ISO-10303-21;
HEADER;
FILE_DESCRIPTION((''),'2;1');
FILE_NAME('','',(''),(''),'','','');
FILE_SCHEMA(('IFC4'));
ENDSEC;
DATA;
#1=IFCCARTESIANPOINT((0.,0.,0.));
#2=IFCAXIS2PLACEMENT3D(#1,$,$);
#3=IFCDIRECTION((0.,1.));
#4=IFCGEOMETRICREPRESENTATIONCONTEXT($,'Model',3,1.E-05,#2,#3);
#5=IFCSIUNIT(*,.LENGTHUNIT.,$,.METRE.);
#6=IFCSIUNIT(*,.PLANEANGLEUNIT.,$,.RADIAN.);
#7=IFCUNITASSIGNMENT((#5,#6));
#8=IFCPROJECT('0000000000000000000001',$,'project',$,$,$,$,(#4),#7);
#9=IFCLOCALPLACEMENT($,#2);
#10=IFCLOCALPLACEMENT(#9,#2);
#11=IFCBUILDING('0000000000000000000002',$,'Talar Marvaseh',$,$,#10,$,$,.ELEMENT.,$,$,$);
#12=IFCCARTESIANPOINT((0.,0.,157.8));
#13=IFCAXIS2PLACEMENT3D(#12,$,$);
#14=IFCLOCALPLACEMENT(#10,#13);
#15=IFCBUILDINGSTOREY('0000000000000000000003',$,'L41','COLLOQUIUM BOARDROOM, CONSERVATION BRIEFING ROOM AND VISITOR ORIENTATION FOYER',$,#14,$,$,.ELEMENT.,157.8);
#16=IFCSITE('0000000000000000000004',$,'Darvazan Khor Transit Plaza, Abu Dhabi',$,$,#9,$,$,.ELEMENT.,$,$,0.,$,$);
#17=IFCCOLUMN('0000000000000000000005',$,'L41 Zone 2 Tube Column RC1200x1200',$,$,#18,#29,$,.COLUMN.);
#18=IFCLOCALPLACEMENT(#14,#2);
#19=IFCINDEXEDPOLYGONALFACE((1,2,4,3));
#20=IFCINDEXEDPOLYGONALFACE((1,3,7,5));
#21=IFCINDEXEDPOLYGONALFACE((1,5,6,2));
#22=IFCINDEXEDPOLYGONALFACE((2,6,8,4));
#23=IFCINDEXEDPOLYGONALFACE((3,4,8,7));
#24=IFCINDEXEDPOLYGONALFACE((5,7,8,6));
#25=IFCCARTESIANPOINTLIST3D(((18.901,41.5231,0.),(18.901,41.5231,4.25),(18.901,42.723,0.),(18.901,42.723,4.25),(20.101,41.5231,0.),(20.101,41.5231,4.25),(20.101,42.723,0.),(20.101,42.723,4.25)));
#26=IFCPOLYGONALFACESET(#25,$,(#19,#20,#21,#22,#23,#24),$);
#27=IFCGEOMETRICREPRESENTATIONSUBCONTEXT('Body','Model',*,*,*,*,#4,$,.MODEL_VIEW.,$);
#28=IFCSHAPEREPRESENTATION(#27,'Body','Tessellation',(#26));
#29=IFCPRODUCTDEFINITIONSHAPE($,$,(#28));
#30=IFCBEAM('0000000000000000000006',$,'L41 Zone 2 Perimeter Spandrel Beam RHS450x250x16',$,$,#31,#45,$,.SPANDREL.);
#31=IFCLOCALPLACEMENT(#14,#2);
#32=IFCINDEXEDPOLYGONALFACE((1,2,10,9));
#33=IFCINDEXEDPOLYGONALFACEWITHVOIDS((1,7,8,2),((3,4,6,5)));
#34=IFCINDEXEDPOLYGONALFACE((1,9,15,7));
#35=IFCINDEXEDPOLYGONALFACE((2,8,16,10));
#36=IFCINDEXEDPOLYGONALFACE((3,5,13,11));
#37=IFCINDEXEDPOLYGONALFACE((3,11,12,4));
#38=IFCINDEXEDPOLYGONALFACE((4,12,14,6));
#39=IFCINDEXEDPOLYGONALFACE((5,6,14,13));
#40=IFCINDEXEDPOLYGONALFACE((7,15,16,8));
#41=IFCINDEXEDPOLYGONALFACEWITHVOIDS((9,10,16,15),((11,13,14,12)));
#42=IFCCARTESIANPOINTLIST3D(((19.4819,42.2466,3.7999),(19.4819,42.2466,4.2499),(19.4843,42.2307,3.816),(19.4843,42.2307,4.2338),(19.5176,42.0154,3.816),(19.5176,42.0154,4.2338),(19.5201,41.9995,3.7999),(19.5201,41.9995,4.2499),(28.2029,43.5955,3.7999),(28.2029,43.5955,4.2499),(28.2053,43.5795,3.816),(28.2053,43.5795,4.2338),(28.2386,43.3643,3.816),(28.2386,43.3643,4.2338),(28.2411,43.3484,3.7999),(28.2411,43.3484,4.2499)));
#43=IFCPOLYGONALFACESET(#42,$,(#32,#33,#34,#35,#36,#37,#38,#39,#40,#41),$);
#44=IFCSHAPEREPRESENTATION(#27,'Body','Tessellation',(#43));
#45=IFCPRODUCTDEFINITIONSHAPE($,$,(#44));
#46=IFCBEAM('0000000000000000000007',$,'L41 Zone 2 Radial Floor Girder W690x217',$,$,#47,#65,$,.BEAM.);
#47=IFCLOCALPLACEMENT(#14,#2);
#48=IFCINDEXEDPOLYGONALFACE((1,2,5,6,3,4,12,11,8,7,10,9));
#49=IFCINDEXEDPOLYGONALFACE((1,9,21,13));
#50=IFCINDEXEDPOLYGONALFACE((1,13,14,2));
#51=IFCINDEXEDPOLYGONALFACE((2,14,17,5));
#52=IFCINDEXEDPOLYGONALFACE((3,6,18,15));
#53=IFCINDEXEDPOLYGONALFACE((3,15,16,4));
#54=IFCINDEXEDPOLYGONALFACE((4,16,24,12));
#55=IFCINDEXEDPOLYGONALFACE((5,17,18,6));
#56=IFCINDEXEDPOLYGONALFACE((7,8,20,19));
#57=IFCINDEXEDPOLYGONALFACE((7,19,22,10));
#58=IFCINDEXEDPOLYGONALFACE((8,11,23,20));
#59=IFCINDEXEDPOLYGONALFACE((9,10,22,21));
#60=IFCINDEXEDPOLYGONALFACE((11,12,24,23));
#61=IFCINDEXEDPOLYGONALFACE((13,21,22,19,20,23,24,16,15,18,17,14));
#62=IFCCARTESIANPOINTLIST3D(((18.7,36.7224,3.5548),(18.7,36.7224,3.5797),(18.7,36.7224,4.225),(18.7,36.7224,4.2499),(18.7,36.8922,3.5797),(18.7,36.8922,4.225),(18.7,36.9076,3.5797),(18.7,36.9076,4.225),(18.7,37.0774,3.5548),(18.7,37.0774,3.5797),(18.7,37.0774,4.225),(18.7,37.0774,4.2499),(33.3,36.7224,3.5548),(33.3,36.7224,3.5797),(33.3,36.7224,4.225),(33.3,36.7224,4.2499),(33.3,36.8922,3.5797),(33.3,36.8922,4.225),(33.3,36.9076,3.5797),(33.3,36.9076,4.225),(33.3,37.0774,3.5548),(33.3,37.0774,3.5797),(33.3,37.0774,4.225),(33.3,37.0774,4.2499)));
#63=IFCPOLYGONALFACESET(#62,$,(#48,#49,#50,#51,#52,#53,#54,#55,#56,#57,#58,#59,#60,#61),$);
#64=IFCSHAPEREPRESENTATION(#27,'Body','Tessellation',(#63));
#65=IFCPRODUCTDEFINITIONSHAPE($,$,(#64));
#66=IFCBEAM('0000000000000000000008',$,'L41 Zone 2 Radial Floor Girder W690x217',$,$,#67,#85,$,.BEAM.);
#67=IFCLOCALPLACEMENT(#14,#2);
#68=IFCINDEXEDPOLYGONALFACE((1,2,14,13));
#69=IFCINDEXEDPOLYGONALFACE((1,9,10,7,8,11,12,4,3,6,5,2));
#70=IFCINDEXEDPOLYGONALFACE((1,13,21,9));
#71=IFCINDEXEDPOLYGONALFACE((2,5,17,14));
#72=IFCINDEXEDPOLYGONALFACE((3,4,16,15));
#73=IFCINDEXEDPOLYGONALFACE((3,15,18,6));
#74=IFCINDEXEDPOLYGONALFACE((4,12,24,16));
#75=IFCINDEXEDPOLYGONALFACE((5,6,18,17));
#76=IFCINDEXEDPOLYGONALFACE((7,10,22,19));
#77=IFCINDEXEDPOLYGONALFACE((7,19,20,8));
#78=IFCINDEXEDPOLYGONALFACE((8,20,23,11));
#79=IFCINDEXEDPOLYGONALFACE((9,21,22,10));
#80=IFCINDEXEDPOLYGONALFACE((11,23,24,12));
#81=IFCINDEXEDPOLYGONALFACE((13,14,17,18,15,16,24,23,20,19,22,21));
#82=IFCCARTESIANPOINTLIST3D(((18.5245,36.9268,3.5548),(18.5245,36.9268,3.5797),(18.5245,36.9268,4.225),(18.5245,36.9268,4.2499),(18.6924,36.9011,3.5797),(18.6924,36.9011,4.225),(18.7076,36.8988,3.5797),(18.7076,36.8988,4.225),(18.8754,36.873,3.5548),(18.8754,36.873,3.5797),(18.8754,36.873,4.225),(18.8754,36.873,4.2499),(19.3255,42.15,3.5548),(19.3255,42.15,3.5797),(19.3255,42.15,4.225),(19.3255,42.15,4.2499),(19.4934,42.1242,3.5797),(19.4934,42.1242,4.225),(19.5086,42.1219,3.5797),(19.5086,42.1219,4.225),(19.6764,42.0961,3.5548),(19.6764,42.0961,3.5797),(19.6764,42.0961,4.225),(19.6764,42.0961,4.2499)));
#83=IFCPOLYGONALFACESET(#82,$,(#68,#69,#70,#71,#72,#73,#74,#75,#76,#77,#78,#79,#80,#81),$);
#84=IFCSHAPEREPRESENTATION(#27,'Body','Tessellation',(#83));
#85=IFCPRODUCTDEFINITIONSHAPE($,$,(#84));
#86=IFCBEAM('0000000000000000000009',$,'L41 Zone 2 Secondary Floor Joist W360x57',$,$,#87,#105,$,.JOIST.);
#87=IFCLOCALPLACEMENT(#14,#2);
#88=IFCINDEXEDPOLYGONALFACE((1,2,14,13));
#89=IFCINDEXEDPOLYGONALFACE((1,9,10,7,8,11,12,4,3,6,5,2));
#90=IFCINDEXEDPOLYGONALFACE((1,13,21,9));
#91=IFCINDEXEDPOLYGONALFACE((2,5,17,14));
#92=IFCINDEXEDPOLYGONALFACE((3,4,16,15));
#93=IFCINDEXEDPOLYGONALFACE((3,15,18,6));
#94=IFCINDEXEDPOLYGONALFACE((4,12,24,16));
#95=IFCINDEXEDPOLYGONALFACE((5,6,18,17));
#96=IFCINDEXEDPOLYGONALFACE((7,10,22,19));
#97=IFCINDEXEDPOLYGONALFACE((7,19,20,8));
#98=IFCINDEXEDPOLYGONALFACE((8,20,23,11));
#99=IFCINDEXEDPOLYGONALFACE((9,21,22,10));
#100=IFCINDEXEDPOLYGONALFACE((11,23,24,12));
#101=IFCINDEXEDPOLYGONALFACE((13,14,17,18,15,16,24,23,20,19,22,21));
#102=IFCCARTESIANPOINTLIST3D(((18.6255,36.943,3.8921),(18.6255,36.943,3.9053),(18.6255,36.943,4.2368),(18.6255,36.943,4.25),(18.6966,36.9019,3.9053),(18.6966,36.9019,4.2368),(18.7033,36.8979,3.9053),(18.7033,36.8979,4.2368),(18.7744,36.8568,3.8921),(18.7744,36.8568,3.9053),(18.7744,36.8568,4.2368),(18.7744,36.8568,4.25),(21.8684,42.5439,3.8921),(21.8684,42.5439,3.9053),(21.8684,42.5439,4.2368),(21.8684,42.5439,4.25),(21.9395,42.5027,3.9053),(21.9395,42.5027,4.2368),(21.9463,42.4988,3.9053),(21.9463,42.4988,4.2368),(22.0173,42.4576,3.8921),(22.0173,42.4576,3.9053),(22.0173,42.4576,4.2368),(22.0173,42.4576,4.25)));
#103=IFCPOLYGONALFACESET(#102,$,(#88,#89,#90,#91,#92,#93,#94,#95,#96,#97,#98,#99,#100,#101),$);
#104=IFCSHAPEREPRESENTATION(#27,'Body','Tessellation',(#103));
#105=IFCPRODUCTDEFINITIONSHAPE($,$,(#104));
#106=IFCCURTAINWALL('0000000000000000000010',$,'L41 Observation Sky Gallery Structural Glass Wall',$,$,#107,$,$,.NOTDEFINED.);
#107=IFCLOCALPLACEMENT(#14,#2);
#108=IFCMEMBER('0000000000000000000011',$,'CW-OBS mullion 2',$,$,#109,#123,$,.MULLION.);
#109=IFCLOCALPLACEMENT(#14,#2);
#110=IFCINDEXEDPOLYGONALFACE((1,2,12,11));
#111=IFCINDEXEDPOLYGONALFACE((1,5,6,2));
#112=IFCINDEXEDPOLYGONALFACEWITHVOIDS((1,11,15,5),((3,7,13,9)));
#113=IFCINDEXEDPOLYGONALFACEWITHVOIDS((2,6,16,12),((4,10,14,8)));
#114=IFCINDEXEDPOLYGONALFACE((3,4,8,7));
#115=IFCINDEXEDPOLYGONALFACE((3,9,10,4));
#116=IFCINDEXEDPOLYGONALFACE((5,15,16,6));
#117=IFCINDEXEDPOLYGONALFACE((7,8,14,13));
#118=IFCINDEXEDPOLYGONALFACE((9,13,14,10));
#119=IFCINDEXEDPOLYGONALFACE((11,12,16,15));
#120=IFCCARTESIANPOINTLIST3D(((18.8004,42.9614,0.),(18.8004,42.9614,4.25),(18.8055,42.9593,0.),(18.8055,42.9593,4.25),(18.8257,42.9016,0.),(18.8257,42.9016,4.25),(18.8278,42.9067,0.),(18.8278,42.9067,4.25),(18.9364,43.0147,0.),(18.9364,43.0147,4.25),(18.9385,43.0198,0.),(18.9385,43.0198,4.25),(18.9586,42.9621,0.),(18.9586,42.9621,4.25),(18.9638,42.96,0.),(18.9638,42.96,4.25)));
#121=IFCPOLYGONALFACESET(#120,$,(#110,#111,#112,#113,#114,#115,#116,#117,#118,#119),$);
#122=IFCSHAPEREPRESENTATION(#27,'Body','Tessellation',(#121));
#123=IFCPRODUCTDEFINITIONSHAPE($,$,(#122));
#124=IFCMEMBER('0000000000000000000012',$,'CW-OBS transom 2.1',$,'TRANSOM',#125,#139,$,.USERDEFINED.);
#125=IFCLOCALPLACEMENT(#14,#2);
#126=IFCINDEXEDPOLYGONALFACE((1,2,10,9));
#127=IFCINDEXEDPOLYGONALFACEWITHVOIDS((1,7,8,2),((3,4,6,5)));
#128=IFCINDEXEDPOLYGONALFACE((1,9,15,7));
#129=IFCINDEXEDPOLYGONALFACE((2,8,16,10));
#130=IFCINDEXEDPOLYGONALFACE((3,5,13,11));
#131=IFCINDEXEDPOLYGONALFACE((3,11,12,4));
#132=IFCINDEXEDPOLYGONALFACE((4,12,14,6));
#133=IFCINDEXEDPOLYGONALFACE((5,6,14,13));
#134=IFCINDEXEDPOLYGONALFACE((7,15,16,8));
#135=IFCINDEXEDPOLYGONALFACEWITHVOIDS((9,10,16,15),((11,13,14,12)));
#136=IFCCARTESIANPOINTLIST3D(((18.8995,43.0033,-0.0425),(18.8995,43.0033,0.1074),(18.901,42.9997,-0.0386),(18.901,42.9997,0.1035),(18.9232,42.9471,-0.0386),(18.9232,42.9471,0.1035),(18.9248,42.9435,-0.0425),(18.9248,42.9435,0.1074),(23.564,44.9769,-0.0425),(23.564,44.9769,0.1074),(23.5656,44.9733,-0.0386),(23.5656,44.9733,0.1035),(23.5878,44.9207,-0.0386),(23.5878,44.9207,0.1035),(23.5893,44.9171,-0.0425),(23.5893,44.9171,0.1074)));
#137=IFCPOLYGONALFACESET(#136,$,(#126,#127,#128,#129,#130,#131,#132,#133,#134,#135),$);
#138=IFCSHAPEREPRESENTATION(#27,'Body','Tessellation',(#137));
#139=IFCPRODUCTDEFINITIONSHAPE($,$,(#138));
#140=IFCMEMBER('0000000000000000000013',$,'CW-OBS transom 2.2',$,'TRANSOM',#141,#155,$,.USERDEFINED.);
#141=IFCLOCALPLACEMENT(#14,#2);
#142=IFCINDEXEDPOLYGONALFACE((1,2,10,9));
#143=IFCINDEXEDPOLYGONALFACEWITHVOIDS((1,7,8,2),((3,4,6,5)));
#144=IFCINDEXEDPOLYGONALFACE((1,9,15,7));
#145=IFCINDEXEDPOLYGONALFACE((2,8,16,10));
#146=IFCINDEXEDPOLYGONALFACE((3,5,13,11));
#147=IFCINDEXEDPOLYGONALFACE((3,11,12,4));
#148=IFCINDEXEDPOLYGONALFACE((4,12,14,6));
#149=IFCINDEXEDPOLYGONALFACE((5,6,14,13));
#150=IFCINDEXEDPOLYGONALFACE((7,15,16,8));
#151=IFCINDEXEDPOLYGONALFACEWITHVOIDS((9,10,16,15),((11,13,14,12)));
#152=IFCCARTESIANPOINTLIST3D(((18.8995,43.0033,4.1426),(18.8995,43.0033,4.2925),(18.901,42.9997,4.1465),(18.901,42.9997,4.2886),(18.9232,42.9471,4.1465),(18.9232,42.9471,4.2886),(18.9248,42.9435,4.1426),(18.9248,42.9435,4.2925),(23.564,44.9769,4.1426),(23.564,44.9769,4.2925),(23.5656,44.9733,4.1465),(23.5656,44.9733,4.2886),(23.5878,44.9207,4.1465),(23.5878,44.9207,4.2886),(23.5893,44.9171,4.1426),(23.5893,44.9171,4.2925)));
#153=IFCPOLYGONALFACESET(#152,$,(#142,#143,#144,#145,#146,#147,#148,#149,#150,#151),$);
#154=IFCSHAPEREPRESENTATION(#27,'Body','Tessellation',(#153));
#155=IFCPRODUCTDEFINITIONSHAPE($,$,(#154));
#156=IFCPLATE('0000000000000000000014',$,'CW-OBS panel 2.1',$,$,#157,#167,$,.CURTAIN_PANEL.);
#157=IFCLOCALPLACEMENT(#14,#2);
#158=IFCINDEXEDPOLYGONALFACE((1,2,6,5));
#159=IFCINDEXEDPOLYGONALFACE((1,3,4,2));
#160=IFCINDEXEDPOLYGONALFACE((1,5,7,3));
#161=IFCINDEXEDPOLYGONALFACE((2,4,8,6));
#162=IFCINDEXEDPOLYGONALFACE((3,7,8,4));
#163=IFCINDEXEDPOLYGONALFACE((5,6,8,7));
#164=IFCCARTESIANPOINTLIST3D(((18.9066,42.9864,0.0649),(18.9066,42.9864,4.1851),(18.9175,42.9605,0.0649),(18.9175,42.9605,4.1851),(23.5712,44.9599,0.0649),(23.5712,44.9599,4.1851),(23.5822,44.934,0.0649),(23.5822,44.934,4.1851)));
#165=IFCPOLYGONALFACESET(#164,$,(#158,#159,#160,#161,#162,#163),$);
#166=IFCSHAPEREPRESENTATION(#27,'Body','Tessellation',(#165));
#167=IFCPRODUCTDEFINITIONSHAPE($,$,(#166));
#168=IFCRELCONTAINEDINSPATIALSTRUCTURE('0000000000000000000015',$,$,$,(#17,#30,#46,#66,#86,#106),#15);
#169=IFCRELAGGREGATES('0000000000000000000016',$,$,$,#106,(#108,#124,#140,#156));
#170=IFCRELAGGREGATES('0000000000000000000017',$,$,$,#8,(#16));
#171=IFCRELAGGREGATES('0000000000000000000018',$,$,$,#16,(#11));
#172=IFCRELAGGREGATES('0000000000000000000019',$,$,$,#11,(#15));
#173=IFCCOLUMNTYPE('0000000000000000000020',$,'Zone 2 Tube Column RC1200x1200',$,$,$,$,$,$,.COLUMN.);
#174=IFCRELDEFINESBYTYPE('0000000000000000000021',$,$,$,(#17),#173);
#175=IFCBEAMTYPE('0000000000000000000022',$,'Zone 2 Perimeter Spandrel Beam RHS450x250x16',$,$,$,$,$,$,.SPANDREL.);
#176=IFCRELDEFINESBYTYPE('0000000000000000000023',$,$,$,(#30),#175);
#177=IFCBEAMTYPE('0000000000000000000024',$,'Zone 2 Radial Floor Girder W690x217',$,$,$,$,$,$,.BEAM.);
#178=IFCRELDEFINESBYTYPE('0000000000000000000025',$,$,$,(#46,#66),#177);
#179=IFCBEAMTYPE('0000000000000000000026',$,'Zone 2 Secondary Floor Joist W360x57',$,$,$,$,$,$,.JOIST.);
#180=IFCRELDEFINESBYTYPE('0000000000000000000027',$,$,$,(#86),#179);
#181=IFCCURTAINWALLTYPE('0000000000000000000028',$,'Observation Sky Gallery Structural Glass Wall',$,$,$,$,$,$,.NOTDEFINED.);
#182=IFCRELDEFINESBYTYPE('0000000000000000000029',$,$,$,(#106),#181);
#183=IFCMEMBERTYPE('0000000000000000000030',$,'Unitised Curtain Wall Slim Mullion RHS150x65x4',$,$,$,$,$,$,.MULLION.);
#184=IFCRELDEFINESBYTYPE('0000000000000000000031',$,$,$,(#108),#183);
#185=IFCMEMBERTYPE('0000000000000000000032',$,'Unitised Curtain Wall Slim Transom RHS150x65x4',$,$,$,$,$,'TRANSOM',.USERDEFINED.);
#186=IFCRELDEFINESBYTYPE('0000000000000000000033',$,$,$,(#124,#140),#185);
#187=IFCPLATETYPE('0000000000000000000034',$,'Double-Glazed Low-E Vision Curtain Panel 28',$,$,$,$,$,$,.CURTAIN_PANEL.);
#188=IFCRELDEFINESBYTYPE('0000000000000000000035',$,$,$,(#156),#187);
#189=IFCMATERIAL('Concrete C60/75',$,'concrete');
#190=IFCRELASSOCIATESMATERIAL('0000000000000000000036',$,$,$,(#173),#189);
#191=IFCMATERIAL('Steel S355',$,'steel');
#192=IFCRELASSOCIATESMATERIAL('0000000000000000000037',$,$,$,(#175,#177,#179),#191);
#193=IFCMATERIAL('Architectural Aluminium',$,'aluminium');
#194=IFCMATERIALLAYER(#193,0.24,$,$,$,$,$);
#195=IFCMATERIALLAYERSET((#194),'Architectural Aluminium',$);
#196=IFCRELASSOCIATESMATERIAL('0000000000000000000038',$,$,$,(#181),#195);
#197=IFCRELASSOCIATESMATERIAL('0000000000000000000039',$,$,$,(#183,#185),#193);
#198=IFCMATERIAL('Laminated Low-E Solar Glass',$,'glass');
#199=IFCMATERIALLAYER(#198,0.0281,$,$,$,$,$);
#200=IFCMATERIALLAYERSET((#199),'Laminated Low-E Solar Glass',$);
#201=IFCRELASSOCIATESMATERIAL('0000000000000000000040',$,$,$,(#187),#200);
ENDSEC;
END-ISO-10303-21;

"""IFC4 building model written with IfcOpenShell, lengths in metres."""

from ifc_helpers import new_model, si_unit, direction, frame, origin, origin_2d, place, context, subcontext, project, spatial, rectangle, hollow_rectangle, i_section, extrude, source, transform, mapped, material, layer, layer_set, material_profile, profile_set, type_object, type_shapes, element, aggregate, save


model = new_model("IFC4")

# Units and contexts
model_context = context("Model", 3, precision=1e-05, world=origin(), true_north=direction((0.0, 1.0)))
body_context = subcontext(model_context, "Body", "Model", "MODEL_VIEW")
ifc_project = project(units=[si_unit("LENGTHUNIT", "METRE"), si_unit("PLANEANGLEUNIT", "RADIAN")], contexts=[model_context])

# Site, building, storey
site_placement = place(None, origin())
site = spatial("IfcSite", under=ifc_project, at=site_placement, Name="Darvazan Khor Transit Plaza, Abu Dhabi", CompositionType="ELEMENT", RefElevation=0.0)
building_placement = place(site_placement, origin())
building = spatial("IfcBuilding", under=site, at=building_placement, Name="Talar Marvaseh", CompositionType="ELEMENT")
storey_placement = place(building_placement, frame((0.0, 0.0, 157.8)))
storey = spatial("IfcBuildingStorey", under=building, at=storey_placement, Name="L41", Description="COLLOQUIUM BOARDROOM, CONSERVATION BRIEFING ROOM AND VISITOR ORIENTATION FOYER", CompositionType="ELEMENT", Elevation=157.8)

# Column
ifc_material_1 = material(Name="Concrete C60/75", Category="concrete")
ifc_material_profile_1 = material_profile(ifc_material_1, rectangle(XDim=1.2, YDim=1.2, at=origin_2d()), Name="RC1200x1200")
ifc_profile_set_1 = profile_set([ifc_material_profile_1], Name="Concrete C60/75")
column_type = type_object("IfcColumnType", Name="Zone 2 Tube Column RC1200x1200", PredefinedType="COLUMN", material=ifc_profile_set_1)
column_placement = place(storey_placement, frame((19.501, 42.123, 0.0), z_axis=(0.0, 0.0, 1.0), x_axis=(1.0, 0.0, 0.0)))
element("IfcColumn", 1, at=column_placement, inside=storey, type_object=column_type, Name="L41 Zone 2 Tube Column RC1200x1200", PredefinedType="COLUMN", context=body_context, shape_type="SweptSolid", body=[
    extrude(rectangle(XDim=1.2, YDim=1.2, at=origin_2d()), origin(), (0.0, 0.0, 1.0), 4.25),
])

# Beams
ifc_material_2 = material(Name="Steel S355", Category="steel")
ifc_material_profile_2 = material_profile(ifc_material_2, hollow_rectangle(XDim=0.25, YDim=0.45, WallThickness=0.0161, at=origin_2d()), Name="RHS450x250x16")
ifc_profile_set_2 = profile_set([ifc_material_profile_2], Name="Steel S355")
beam_type_1 = type_object("IfcBeamType", Name="Zone 2 Perimeter Spandrel Beam RHS450x250x16", PredefinedType="SPANDREL", material=ifc_profile_set_2)
beam_1_placement = place(storey_placement, frame((19.501, 42.123, 4.0249), z_axis=(0.988249, 0.152853, 0.0), x_axis=(-0.152853, 0.988249, 0.0)))
element("IfcBeam", 2, at=beam_1_placement, inside=storey, type_object=beam_type_1, Name="L41 Zone 2 Perimeter Spandrel Beam RHS450x250x16", PredefinedType="SPANDREL", context=body_context, shape_type="SweptSolid", body=[
    extrude(hollow_rectangle(XDim=0.25, YDim=0.45, WallThickness=0.0161, at=origin_2d()), origin(), (0.0, 0.0, 1.0), 8.8247),
])
ifc_material_profile_3 = material_profile(ifc_material_2, i_section(OverallWidth=0.355, OverallDepth=0.6951, WebThickness=0.0154, FlangeThickness=0.0249, at=origin_2d()), Name="W690x217")
ifc_profile_set_3 = profile_set([ifc_material_profile_3], Name="Steel S355")
beam_type_2 = type_object("IfcBeamType", Name="Zone 2 Radial Floor Girder W690x217", PredefinedType="BEAM", material=ifc_profile_set_3)
beam_2_placement = place(storey_placement, frame((18.7, 36.8999, 3.9023), z_axis=(1.0, 0.0, 0.0), x_axis=(0.0, 1.0, 0.0)))
element("IfcBeam", 3, at=beam_2_placement, inside=storey, type_object=beam_type_2, Name="L41 Zone 2 Radial Floor Girder W690x217", PredefinedType="BEAM", context=body_context, shape_type="SweptSolid", body=[
    extrude(i_section(OverallWidth=0.355, OverallDepth=0.6951, WebThickness=0.0154, FlangeThickness=0.0249, at=origin_2d()), origin(), (0.0, 0.0, 1.0), 14.6001),
])
beam_3_placement = place(storey_placement, frame((19.501, 42.123, 3.9023), z_axis=(-0.151588, -0.988444, 0.0), x_axis=(0.988444, -0.151588, 0.0)))
element("IfcBeam", 4, at=beam_3_placement, inside=storey, type_object=beam_type_2, Name="L41 Zone 2 Radial Floor Girder W690x217", PredefinedType="BEAM", context=body_context, shape_type="SweptSolid", body=[
    extrude(i_section(OverallWidth=0.355, OverallDepth=0.6951, WebThickness=0.0154, FlangeThickness=0.0249, at=origin_2d()), origin(), (0.0, 0.0, 1.0), 5.2842),
])
ifc_material_profile_4 = material_profile(ifc_material_2, i_section(OverallWidth=0.1721, OverallDepth=0.3579, WebThickness=0.0078, FlangeThickness=0.0132, at=origin_2d()), Name="W360x57")
ifc_profile_set_4 = profile_set([ifc_material_profile_4], Name="Steel S355")
beam_type_3 = type_object("IfcBeamType", Name="Zone 2 Secondary Floor Joist W360x57", PredefinedType="JOIST", material=ifc_profile_set_4)
beam_4_placement = place(storey_placement, frame((21.9429, 42.5007, 4.071), z_axis=(-0.501075, -0.865404, 0.0), x_axis=(0.865404, -0.501075, 0.0)))
element("IfcBeam", 5, at=beam_4_placement, inside=storey, type_object=beam_type_3, Name="L41 Zone 2 Secondary Floor Joist W360x57", PredefinedType="JOIST", context=body_context, shape_type="SweptSolid", body=[
    extrude(i_section(OverallWidth=0.1721, OverallDepth=0.3579, WebThickness=0.0078, FlangeThickness=0.0132, at=origin_2d()), origin(), (0.0, 0.0, 1.0), 6.4719),
])

# Curtain wall, members, plate
ifc_material_3 = material(Name="Architectural Aluminium", Category="aluminium")
ifc_layer_1 = layer(ifc_material_3, 0.24)
ifc_layer_set_1 = layer_set([ifc_layer_1], Name="Architectural Aluminium")
curtain_wall_type = type_object("IfcCurtainWallType", Name="Observation Sky Gallery Structural Glass Wall", PredefinedType="NOTDEFINED", material=ifc_layer_set_1)
curtain_wall_placement = place(storey_placement, origin())
curtain_wall = element("IfcCurtainWall", 6, at=curtain_wall_placement, inside=storey, type_object=curtain_wall_type, Name="L41 Observation Sky Gallery Structural Glass Wall", PredefinedType="NOTDEFINED")
ifc_material_profile_5 = material_profile(ifc_material_3, hollow_rectangle(XDim=0.0649, YDim=0.1499, WallThickness=0.0039, at=origin_2d()), Name="RHS150x65x4")
ifc_profile_set_5 = profile_set([ifc_material_profile_5], Name="Architectural Aluminium")
member_type_1 = type_object("IfcMemberType", Name="Unitised Curtain Wall Slim Mullion RHS150x65x4", PredefinedType="MULLION", material=ifc_profile_set_5)
shared_shape_1 = source(origin(), body_context, "Body", "SweptSolid", [
    extrude(hollow_rectangle(XDim=0.0649, YDim=0.1499, WallThickness=0.0039, at=origin_2d()), origin(), (0.0, 0.0, 1.0), 4.25),
])
type_shapes(member_type_1, [shared_shape_1])
member_1_placement = place(storey_placement, frame((18.8821, 42.9607, 0.0), z_axis=(0.0, 0.0, 1.0), x_axis=(-0.38964, 0.920967, 0.0)))
member_1 = element("IfcMember", 7, at=member_1_placement, type_object=member_type_1, Name="CW-OBS mullion 2", PredefinedType="MULLION", context=body_context, shape_type="MappedRepresentation", body=[
    mapped(shared_shape_1, transform((0.0, 0.0, 0.0), x_axis=(1.0, 0.0, 0.0), y_axis=(0.0, 1.0, 0.0), z_axis=(0.0, 0.0, 1.0), scale=1.0)),
])
ifc_material_profile_6 = material_profile(ifc_material_3, hollow_rectangle(XDim=0.0649, YDim=0.1499, WallThickness=0.0039, at=origin_2d()), Name="RHS150x65x4")
ifc_profile_set_6 = profile_set([ifc_material_profile_6], Name="Architectural Aluminium")
member_type_2 = type_object("IfcMemberType", Name="Unitised Curtain Wall Slim Transom RHS150x65x4", ElementType="TRANSOM", PredefinedType="USERDEFINED", material=ifc_profile_set_6)
shared_shape_2 = source(origin(), body_context, "Body", "SweptSolid", [
    extrude(hollow_rectangle(XDim=0.0649, YDim=0.1499, WallThickness=0.0039, at=origin_2d()), origin(), (0.0, 0.0, 1.0), 5.0649),
])
type_shapes(member_type_2, [shared_shape_2])
member_2_placement = place(storey_placement, frame((18.9121, 42.9734, 0.0325), z_axis=(0.920955, 0.389668, 0.0), x_axis=(-0.389668, 0.920955, 0.0)))
member_2 = element("IfcMember", 8, at=member_2_placement, type_object=member_type_2, Name="CW-OBS transom 2.1", ObjectType="TRANSOM", PredefinedType="USERDEFINED", context=body_context, shape_type="MappedRepresentation", body=[
    mapped(shared_shape_2, transform((0.0, 0.0, 0.0), x_axis=(1.0, 0.0, 0.0), y_axis=(0.0, 1.0, 0.0), z_axis=(0.0, 0.0, 1.0), scale=1.0)),
])
member_3_placement = place(storey_placement, frame((18.9121, 42.9734, 4.2175), z_axis=(0.920955, 0.389668, 0.0), x_axis=(-0.389668, 0.920955, 0.0)))
member_3 = element("IfcMember", 9, at=member_3_placement, type_object=member_type_2, Name="CW-OBS transom 2.2", ObjectType="TRANSOM", PredefinedType="USERDEFINED", context=body_context, shape_type="MappedRepresentation", body=[
    mapped(shared_shape_2, transform((0.0, 0.0, 0.0), x_axis=(1.0, 0.0, 0.0), y_axis=(0.0, 1.0, 0.0), z_axis=(0.0, 0.0, 1.0), scale=1.0)),
])
ifc_material_4 = material(Name="Laminated Low-E Solar Glass", Category="glass")
ifc_layer_2 = layer(ifc_material_4, 0.0281)
ifc_layer_set_2 = layer_set([ifc_layer_2], Name="Laminated Low-E Solar Glass")
plate_type = type_object("IfcPlateType", Name="Double-Glazed Low-E Vision Curtain Panel 28", PredefinedType="CURTAIN_PANEL", material=ifc_layer_set_2)
shared_shape_3 = source(origin(), body_context, "Body", "SweptSolid", [
    extrude(rectangle(XDim=5.0649, YDim=0.0281, at=origin_2d()), origin(), (0.0, 0.0, 1.0), 4.1201),
])
type_shapes(plate_type, [shared_shape_3])
plate_placement = place(storey_placement, frame((21.2444, 43.9602, 0.0649), z_axis=(0.0, 0.0, 1.0), x_axis=(0.920967, 0.38964, 0.0)))
plate = element("IfcPlate", 10, at=plate_placement, type_object=plate_type, Name="CW-OBS panel 2.1", PredefinedType="CURTAIN_PANEL", context=body_context, shape_type="MappedRepresentation", body=[
    mapped(shared_shape_3, transform((0.0, 0.0, 0.0), x_axis=(1.0, 0.0, 0.0), y_axis=(0.0, 1.0, 0.0), z_axis=(0.0, 0.0, 1.0), scale=1.0)),
])
aggregate(curtain_wall, [member_1, member_2, member_3, plate])

save(model, "model.ifc")
